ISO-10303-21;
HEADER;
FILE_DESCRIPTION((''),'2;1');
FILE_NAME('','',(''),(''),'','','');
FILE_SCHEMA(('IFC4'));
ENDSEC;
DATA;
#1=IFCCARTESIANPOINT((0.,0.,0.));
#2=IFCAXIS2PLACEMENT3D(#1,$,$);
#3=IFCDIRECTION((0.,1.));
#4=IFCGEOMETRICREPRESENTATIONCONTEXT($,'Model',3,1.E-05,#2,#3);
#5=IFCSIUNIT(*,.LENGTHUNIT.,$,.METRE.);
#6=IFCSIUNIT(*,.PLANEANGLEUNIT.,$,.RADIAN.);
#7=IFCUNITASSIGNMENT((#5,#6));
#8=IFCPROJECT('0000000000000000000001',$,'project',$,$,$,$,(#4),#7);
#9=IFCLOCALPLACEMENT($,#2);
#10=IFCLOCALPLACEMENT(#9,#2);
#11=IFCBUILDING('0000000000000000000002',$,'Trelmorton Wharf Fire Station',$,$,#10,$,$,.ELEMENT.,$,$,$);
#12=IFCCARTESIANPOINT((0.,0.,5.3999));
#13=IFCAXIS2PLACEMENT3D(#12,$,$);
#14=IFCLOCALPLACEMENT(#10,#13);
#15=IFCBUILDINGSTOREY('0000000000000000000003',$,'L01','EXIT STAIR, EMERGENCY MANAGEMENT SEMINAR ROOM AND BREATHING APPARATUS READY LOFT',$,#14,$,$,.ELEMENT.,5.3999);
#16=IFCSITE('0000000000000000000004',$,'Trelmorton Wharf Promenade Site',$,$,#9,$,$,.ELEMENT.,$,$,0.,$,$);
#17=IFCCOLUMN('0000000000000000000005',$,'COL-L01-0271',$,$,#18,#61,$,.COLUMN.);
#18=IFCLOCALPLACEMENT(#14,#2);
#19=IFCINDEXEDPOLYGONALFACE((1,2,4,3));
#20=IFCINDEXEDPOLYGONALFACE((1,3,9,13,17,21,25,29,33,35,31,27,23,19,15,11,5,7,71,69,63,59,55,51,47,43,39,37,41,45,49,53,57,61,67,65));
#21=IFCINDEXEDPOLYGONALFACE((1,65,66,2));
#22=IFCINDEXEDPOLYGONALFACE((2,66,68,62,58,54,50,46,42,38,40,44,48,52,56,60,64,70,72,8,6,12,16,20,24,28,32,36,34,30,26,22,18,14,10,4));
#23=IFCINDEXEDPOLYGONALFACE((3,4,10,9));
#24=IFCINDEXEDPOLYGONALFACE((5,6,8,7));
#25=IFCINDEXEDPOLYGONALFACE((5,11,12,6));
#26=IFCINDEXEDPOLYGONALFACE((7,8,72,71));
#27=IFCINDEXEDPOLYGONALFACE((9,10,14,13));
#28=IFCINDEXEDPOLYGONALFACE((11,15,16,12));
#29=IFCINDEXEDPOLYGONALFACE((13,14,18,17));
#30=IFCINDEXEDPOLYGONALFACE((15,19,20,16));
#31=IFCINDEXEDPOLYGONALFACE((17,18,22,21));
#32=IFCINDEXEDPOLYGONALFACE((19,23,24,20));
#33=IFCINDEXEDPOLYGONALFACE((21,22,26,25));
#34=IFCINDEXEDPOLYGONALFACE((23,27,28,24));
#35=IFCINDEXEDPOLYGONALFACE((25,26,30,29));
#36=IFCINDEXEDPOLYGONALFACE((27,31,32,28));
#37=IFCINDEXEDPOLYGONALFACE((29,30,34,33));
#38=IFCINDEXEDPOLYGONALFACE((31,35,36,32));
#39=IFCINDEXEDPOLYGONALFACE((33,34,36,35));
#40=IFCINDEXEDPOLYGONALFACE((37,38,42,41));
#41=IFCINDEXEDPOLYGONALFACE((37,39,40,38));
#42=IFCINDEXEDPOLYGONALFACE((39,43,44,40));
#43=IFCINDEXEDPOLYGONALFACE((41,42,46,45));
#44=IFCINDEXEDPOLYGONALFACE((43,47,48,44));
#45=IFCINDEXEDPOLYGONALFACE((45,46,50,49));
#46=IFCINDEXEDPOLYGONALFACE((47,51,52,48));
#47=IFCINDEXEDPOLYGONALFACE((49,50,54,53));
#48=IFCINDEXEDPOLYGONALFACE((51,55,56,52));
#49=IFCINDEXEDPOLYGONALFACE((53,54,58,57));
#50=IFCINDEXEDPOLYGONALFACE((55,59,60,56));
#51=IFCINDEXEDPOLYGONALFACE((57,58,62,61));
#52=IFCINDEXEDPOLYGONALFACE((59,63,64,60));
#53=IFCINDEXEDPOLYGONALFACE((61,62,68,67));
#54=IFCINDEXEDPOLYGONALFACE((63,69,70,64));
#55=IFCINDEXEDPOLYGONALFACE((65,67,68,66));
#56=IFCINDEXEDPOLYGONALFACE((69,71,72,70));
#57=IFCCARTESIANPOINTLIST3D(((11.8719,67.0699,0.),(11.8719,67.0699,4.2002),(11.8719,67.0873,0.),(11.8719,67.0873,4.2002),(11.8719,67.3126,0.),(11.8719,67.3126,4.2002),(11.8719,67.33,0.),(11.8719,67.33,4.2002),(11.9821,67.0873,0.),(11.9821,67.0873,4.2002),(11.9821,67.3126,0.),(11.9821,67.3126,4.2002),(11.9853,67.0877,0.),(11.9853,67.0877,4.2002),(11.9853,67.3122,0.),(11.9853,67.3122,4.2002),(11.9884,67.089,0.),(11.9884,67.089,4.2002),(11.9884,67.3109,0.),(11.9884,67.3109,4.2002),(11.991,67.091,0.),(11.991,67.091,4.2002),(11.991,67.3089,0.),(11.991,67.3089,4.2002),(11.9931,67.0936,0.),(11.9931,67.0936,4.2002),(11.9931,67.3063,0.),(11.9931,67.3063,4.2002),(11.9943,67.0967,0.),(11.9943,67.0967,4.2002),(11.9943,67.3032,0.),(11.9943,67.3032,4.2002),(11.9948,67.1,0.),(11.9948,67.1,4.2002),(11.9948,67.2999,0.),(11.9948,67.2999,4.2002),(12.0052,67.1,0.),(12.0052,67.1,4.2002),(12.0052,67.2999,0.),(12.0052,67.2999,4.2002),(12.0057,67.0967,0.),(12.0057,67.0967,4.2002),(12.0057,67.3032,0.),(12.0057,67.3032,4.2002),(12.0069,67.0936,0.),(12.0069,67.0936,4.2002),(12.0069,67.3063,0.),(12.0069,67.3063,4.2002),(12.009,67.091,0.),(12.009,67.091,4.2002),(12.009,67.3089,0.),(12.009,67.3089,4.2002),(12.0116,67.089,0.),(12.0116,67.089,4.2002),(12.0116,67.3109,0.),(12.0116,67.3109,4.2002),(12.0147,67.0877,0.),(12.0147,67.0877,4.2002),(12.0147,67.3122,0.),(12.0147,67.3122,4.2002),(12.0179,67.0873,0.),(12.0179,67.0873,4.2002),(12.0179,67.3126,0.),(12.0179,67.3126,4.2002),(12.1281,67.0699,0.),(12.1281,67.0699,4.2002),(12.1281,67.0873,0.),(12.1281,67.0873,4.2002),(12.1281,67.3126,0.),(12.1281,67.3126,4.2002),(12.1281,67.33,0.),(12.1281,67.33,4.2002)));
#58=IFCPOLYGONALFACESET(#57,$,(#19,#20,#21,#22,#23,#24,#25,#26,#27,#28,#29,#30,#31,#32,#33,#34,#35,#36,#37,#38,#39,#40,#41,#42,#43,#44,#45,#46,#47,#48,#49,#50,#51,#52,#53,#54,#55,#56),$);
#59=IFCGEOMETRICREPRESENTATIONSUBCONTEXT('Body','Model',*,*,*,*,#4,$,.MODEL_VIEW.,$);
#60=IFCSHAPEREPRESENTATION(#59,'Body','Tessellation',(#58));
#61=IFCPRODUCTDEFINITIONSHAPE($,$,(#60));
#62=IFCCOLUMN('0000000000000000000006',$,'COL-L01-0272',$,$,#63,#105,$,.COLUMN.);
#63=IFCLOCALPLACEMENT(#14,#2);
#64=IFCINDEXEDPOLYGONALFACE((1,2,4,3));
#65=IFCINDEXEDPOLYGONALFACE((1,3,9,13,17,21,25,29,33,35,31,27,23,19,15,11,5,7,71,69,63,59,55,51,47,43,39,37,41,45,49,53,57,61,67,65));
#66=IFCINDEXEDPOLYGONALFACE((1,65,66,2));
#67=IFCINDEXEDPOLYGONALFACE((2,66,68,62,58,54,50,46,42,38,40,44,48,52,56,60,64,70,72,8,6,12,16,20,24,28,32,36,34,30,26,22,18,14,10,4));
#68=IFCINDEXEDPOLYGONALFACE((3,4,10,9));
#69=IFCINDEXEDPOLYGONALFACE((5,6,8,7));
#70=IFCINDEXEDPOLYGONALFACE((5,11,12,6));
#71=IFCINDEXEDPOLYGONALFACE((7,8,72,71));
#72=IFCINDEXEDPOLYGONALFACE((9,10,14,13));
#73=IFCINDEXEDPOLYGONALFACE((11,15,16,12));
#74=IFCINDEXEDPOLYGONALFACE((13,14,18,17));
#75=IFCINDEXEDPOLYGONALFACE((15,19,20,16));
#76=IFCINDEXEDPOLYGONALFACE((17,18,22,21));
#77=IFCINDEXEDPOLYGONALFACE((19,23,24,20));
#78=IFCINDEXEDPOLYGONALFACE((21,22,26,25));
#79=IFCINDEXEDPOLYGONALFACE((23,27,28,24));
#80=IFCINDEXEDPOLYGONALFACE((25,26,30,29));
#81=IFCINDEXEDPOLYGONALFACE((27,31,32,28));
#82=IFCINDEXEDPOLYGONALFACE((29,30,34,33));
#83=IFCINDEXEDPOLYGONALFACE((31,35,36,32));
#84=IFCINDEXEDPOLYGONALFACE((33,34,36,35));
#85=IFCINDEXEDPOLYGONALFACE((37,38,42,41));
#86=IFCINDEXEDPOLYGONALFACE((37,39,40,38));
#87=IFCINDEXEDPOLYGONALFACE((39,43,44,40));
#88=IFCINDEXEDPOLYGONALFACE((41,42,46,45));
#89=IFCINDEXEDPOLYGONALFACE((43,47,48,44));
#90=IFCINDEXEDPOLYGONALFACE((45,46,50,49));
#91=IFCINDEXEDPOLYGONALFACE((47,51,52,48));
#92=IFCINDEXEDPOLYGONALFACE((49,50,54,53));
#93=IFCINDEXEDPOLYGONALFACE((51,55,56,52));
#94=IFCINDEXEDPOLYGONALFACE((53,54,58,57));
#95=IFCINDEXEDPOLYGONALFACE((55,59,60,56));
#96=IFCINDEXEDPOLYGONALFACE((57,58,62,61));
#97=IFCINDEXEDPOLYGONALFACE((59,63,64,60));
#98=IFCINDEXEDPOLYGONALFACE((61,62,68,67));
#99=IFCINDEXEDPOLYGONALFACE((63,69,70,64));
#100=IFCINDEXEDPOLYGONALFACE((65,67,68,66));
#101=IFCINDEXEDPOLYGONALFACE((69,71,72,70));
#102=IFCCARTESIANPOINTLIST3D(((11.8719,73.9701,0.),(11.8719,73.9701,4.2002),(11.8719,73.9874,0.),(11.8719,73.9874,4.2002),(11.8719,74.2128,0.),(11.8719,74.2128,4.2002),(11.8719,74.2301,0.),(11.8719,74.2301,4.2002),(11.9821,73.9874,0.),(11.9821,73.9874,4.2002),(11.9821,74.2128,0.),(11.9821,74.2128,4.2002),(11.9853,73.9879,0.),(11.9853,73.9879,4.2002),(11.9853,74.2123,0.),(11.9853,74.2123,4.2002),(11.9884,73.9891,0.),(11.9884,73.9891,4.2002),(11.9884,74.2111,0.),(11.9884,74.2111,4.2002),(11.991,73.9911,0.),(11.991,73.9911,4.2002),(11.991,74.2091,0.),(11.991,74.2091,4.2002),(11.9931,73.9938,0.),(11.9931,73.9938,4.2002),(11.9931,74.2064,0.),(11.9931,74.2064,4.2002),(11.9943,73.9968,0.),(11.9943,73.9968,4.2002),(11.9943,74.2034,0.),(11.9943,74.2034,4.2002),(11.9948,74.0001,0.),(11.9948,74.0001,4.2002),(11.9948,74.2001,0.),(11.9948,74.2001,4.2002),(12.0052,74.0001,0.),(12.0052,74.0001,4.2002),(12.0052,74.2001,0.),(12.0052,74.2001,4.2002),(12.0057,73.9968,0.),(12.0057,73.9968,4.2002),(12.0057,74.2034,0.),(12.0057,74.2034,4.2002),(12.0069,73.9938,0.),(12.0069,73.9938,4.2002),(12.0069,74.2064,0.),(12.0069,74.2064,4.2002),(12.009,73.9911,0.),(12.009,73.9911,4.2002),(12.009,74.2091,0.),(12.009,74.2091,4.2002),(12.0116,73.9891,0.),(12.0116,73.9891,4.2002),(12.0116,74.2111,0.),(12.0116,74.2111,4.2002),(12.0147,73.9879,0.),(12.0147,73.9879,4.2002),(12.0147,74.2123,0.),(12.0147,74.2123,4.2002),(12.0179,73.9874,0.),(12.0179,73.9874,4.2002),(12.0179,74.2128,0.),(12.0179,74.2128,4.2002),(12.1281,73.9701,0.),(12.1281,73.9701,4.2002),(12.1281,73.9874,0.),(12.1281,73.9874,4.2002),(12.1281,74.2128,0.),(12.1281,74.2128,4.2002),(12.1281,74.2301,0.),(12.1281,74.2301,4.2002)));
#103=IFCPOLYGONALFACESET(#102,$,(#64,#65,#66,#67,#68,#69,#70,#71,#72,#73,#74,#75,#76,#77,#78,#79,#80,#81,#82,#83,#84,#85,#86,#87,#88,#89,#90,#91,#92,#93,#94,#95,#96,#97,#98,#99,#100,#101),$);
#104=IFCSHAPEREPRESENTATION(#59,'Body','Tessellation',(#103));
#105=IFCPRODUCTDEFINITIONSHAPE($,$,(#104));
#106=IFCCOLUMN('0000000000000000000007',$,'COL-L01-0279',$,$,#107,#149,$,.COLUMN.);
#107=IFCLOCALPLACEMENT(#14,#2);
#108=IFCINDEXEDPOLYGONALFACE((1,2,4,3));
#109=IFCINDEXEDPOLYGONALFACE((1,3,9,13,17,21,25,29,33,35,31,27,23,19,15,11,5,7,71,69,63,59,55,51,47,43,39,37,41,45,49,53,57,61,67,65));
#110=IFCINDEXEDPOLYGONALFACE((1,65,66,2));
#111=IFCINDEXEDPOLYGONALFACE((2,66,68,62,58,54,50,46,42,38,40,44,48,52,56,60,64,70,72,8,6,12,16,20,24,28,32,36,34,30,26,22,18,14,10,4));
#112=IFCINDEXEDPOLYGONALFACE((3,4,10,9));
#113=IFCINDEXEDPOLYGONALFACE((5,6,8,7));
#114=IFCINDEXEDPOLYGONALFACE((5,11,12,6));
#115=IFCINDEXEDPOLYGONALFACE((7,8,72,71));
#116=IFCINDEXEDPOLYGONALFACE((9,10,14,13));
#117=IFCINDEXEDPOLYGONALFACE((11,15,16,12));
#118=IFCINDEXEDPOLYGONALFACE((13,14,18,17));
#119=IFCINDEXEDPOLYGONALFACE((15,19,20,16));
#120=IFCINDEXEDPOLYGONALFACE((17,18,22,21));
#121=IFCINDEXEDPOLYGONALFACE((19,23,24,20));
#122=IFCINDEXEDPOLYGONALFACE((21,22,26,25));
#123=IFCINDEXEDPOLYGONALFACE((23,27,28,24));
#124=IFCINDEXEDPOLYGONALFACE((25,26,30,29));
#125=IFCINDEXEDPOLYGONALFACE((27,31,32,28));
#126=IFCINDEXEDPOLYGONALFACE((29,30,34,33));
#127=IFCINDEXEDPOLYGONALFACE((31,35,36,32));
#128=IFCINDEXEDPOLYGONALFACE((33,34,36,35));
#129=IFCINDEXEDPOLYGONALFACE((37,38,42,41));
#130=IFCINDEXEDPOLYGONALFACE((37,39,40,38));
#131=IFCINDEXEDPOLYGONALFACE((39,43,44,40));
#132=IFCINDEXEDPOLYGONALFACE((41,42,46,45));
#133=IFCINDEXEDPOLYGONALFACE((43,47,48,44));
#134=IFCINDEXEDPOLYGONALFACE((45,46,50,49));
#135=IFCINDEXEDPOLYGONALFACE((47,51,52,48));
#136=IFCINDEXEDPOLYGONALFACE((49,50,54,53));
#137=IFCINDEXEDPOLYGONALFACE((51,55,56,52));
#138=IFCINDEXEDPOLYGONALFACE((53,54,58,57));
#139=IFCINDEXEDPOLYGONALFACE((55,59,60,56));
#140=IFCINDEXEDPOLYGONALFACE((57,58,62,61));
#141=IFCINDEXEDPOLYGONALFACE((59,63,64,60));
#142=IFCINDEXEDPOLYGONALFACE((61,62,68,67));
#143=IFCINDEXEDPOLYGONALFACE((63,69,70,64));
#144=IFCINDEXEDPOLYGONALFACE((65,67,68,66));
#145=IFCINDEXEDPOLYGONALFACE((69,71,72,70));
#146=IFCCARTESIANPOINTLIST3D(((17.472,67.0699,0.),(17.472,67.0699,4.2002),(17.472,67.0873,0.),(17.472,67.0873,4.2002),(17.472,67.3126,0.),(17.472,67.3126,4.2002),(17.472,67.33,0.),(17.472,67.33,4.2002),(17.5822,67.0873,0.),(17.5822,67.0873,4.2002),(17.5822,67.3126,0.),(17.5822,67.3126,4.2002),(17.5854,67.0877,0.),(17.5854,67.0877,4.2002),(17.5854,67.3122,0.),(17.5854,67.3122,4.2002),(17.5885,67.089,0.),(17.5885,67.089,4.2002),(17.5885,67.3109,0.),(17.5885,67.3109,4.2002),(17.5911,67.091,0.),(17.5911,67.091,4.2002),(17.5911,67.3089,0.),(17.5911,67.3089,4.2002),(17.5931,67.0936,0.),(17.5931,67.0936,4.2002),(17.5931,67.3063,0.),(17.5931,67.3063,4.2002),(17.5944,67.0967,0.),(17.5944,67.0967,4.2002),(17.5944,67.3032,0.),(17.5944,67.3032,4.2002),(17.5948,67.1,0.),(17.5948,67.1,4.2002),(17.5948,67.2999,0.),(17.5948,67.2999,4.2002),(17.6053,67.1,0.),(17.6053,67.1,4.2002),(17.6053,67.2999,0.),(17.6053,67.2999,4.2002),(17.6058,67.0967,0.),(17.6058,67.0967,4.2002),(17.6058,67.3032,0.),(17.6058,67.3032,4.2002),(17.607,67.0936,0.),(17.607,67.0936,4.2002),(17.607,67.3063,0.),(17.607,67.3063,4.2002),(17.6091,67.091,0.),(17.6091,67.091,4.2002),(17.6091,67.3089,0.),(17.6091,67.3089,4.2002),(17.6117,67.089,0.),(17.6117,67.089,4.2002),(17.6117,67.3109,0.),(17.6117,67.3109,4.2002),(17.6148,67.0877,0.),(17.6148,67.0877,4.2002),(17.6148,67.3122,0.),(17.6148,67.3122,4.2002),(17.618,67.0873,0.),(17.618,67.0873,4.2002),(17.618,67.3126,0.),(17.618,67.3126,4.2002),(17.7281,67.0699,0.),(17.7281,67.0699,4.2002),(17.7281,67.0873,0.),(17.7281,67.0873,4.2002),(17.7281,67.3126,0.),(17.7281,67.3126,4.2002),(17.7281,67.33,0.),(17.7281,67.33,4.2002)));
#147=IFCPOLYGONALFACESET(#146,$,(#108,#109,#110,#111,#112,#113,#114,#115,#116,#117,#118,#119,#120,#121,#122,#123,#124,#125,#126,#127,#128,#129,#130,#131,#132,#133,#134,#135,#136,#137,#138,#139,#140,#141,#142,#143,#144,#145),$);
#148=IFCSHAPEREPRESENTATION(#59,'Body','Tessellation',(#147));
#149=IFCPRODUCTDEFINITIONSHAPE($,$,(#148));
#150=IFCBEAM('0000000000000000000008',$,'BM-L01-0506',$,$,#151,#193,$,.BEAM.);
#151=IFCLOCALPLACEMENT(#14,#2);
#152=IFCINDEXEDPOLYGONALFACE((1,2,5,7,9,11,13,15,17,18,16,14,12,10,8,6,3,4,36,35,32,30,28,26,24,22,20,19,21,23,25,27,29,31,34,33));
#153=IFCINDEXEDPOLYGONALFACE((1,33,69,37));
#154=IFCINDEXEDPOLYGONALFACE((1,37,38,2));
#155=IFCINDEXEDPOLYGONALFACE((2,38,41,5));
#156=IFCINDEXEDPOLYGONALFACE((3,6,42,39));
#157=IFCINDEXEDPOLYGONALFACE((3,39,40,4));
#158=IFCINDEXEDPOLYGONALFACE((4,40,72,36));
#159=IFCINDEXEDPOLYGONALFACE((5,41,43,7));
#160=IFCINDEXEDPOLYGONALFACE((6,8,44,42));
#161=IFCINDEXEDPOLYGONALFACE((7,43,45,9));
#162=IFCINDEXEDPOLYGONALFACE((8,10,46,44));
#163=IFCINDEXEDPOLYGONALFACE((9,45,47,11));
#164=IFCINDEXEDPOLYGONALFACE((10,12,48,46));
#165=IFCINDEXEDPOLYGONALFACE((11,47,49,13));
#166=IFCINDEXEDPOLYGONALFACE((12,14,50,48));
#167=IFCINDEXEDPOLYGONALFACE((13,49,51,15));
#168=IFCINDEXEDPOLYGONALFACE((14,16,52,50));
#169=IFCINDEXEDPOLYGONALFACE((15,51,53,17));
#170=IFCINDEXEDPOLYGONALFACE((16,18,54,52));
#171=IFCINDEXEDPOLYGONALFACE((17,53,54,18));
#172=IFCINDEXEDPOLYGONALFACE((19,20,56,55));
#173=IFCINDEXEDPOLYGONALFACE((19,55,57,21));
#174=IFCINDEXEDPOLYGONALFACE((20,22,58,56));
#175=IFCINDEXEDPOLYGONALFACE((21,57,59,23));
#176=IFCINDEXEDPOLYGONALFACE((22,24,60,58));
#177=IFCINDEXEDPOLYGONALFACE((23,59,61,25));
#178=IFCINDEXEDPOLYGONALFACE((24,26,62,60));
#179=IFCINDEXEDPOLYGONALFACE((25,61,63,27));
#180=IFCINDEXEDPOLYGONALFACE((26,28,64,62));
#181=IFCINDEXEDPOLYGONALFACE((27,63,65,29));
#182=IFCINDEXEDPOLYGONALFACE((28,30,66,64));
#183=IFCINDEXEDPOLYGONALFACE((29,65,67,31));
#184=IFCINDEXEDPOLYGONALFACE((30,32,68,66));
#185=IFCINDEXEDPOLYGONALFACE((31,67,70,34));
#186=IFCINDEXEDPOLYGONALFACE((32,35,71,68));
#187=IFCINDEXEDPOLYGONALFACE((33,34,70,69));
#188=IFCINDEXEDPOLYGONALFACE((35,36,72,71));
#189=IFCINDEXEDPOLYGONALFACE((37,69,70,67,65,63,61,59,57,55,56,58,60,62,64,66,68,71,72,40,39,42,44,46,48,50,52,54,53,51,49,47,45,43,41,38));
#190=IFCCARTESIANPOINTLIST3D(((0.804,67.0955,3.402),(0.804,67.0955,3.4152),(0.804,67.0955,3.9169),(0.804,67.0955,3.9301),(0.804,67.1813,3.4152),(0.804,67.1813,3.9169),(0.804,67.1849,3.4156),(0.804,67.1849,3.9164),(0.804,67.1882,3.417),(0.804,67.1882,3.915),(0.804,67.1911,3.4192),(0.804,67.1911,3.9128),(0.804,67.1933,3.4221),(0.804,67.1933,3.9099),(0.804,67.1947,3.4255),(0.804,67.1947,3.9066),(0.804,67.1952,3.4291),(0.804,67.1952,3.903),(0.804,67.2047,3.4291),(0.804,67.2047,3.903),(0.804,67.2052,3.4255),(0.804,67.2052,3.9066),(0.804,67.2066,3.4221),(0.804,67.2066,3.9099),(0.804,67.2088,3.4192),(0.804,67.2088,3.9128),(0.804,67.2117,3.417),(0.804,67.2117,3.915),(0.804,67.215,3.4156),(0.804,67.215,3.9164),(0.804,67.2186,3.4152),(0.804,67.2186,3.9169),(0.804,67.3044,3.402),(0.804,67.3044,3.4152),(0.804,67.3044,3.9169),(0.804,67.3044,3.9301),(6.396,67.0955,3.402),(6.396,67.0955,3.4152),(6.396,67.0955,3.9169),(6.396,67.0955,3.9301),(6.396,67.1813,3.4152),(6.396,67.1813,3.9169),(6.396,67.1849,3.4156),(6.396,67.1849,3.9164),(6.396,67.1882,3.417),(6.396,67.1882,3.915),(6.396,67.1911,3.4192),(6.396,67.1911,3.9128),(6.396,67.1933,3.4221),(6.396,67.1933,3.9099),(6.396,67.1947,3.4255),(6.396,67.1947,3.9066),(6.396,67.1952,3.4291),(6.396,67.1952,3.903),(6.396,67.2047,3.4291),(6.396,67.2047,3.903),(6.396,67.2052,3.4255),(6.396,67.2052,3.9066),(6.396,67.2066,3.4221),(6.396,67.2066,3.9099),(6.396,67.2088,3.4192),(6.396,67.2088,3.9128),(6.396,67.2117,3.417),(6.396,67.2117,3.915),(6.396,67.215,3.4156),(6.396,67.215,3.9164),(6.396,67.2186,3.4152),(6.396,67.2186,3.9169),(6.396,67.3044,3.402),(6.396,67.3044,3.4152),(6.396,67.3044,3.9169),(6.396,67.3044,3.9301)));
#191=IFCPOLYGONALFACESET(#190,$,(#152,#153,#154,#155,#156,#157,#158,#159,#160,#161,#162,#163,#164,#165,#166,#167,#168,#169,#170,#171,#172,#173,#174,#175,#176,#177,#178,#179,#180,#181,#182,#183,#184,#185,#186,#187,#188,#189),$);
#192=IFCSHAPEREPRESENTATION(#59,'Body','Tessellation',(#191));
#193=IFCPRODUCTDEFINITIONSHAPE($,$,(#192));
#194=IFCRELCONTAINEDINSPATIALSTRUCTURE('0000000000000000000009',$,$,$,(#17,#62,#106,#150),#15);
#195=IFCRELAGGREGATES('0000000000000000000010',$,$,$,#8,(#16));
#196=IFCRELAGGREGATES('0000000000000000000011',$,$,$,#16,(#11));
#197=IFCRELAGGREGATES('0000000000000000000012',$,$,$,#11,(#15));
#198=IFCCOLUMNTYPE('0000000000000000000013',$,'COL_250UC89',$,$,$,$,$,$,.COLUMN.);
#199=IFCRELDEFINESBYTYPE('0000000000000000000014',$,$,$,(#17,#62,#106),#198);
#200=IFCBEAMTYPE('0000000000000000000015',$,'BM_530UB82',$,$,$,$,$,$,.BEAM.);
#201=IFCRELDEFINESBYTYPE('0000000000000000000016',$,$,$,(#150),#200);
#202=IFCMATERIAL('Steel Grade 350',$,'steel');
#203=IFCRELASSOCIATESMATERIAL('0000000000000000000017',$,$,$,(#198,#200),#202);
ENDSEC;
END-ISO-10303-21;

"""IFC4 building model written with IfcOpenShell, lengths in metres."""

from ifc_helpers import new_model, si_unit, direction, frame, origin, origin_2d, place, context, subcontext, project, spatial, i_section, extrude, material, material_profile, profile_set, type_object, element, save


model = new_model("IFC4")

# Units and contexts
model_context = context("Model", 3, precision=1e-05, world=origin(), true_north=direction((0.0, 1.0)))
body_context = subcontext(model_context, "Body", "Model", "MODEL_VIEW")
ifc_project = project(units=[si_unit("LENGTHUNIT", "METRE"), si_unit("PLANEANGLEUNIT", "RADIAN")], contexts=[model_context])

# Site, building, storey
site_placement = place(None, origin())
site = spatial("IfcSite", under=ifc_project, at=site_placement, Name="Trelmorton Wharf Promenade Site", CompositionType="ELEMENT", RefElevation=0.0)
building_placement = place(site_placement, origin())
building = spatial("IfcBuilding", under=site, at=building_placement, Name="Trelmorton Wharf Fire Station", CompositionType="ELEMENT")
storey_placement = place(building_placement, frame((0.0, 0.0, 5.3999)))
storey = spatial("IfcBuildingStorey", under=building, at=storey_placement, Name="L01", Description="EXIT STAIR, EMERGENCY MANAGEMENT SEMINAR ROOM AND BREATHING APPARATUS READY LOFT", CompositionType="ELEMENT", Elevation=5.3999)

# Columns
ifc_material_1 = material(Name="Steel Grade 350", Category="steel")
ifc_material_profile_1 = material_profile(ifc_material_1, i_section(OverallWidth=0.2561, OverallDepth=0.26, WebThickness=0.0105, FlangeThickness=0.0173, FilletRadius=0.0127, at=origin_2d()), Name="250UC89.5")
ifc_profile_set_1 = profile_set([ifc_material_profile_1], Name="Steel Grade 350")
column_type = type_object("IfcColumnType", Name="COL_250UC89", PredefinedType="COLUMN", material=ifc_profile_set_1)
for number, where, z_axis, x_axis, name in (
    (1, (12.0, 67.2, 0.0), (0.0, 0.0, 1.0), (1.0, 0.0, 0.0), "COL-L01-0271"),
    (2, (12.0, 74.1001, 0.0), (0.0, 0.0, 1.0), (1.0, 0.0, 0.0), "COL-L01-0272"),
    (3, (17.6001, 67.2, 0.0), (0.0, 0.0, 1.0), (1.0, 0.0, 0.0), "COL-L01-0279"),
):
    element("IfcColumn", number, at=place(storey_placement, frame(where, z_axis=z_axis, x_axis=x_axis)), inside=storey, type_object=column_type, Name=name, PredefinedType="COLUMN", context=body_context, shape_type="SweptSolid", body=[
        extrude(i_section(OverallWidth=0.2561, OverallDepth=0.26, WebThickness=0.0105, FlangeThickness=0.0173, FilletRadius=0.0127, at=origin_2d()), origin(), (0.0, 0.0, 1.0), 4.2002),
    ])

# Beam
ifc_material_profile_2 = material_profile(ifc_material_1, i_section(OverallWidth=0.209, OverallDepth=0.5281, WebThickness=0.0095, FlangeThickness=0.0132, FilletRadius=0.0139, at=origin_2d()), Name="530UB82.0")
ifc_profile_set_2 = profile_set([ifc_material_profile_2], Name="Steel Grade 350")
beam_type_1 = type_object("IfcBeamType", Name="BM_530UB82", PredefinedType="BEAM", material=ifc_profile_set_2)
for number, where, z_axis, x_axis, name in (
    (4, (0.804, 67.2, 3.666), (1.0, 0.0, 0.0), (0.0, 1.0, 0.0), "BM-L01-0506"),
):
    element("IfcBeam", number, at=place(storey_placement, frame(where, z_axis=z_axis, x_axis=x_axis)), inside=storey, type_object=beam_type_1, Name=name, PredefinedType="BEAM", context=body_context, shape_type="SweptSolid", body=[
        extrude(i_section(OverallWidth=0.209, OverallDepth=0.5281, WebThickness=0.0095, FlangeThickness=0.0132, FilletRadius=0.0139, at=origin_2d()), origin(), (0.0, 0.0, 1.0), 5.592),
    ])

save(model, "model.ifc")
